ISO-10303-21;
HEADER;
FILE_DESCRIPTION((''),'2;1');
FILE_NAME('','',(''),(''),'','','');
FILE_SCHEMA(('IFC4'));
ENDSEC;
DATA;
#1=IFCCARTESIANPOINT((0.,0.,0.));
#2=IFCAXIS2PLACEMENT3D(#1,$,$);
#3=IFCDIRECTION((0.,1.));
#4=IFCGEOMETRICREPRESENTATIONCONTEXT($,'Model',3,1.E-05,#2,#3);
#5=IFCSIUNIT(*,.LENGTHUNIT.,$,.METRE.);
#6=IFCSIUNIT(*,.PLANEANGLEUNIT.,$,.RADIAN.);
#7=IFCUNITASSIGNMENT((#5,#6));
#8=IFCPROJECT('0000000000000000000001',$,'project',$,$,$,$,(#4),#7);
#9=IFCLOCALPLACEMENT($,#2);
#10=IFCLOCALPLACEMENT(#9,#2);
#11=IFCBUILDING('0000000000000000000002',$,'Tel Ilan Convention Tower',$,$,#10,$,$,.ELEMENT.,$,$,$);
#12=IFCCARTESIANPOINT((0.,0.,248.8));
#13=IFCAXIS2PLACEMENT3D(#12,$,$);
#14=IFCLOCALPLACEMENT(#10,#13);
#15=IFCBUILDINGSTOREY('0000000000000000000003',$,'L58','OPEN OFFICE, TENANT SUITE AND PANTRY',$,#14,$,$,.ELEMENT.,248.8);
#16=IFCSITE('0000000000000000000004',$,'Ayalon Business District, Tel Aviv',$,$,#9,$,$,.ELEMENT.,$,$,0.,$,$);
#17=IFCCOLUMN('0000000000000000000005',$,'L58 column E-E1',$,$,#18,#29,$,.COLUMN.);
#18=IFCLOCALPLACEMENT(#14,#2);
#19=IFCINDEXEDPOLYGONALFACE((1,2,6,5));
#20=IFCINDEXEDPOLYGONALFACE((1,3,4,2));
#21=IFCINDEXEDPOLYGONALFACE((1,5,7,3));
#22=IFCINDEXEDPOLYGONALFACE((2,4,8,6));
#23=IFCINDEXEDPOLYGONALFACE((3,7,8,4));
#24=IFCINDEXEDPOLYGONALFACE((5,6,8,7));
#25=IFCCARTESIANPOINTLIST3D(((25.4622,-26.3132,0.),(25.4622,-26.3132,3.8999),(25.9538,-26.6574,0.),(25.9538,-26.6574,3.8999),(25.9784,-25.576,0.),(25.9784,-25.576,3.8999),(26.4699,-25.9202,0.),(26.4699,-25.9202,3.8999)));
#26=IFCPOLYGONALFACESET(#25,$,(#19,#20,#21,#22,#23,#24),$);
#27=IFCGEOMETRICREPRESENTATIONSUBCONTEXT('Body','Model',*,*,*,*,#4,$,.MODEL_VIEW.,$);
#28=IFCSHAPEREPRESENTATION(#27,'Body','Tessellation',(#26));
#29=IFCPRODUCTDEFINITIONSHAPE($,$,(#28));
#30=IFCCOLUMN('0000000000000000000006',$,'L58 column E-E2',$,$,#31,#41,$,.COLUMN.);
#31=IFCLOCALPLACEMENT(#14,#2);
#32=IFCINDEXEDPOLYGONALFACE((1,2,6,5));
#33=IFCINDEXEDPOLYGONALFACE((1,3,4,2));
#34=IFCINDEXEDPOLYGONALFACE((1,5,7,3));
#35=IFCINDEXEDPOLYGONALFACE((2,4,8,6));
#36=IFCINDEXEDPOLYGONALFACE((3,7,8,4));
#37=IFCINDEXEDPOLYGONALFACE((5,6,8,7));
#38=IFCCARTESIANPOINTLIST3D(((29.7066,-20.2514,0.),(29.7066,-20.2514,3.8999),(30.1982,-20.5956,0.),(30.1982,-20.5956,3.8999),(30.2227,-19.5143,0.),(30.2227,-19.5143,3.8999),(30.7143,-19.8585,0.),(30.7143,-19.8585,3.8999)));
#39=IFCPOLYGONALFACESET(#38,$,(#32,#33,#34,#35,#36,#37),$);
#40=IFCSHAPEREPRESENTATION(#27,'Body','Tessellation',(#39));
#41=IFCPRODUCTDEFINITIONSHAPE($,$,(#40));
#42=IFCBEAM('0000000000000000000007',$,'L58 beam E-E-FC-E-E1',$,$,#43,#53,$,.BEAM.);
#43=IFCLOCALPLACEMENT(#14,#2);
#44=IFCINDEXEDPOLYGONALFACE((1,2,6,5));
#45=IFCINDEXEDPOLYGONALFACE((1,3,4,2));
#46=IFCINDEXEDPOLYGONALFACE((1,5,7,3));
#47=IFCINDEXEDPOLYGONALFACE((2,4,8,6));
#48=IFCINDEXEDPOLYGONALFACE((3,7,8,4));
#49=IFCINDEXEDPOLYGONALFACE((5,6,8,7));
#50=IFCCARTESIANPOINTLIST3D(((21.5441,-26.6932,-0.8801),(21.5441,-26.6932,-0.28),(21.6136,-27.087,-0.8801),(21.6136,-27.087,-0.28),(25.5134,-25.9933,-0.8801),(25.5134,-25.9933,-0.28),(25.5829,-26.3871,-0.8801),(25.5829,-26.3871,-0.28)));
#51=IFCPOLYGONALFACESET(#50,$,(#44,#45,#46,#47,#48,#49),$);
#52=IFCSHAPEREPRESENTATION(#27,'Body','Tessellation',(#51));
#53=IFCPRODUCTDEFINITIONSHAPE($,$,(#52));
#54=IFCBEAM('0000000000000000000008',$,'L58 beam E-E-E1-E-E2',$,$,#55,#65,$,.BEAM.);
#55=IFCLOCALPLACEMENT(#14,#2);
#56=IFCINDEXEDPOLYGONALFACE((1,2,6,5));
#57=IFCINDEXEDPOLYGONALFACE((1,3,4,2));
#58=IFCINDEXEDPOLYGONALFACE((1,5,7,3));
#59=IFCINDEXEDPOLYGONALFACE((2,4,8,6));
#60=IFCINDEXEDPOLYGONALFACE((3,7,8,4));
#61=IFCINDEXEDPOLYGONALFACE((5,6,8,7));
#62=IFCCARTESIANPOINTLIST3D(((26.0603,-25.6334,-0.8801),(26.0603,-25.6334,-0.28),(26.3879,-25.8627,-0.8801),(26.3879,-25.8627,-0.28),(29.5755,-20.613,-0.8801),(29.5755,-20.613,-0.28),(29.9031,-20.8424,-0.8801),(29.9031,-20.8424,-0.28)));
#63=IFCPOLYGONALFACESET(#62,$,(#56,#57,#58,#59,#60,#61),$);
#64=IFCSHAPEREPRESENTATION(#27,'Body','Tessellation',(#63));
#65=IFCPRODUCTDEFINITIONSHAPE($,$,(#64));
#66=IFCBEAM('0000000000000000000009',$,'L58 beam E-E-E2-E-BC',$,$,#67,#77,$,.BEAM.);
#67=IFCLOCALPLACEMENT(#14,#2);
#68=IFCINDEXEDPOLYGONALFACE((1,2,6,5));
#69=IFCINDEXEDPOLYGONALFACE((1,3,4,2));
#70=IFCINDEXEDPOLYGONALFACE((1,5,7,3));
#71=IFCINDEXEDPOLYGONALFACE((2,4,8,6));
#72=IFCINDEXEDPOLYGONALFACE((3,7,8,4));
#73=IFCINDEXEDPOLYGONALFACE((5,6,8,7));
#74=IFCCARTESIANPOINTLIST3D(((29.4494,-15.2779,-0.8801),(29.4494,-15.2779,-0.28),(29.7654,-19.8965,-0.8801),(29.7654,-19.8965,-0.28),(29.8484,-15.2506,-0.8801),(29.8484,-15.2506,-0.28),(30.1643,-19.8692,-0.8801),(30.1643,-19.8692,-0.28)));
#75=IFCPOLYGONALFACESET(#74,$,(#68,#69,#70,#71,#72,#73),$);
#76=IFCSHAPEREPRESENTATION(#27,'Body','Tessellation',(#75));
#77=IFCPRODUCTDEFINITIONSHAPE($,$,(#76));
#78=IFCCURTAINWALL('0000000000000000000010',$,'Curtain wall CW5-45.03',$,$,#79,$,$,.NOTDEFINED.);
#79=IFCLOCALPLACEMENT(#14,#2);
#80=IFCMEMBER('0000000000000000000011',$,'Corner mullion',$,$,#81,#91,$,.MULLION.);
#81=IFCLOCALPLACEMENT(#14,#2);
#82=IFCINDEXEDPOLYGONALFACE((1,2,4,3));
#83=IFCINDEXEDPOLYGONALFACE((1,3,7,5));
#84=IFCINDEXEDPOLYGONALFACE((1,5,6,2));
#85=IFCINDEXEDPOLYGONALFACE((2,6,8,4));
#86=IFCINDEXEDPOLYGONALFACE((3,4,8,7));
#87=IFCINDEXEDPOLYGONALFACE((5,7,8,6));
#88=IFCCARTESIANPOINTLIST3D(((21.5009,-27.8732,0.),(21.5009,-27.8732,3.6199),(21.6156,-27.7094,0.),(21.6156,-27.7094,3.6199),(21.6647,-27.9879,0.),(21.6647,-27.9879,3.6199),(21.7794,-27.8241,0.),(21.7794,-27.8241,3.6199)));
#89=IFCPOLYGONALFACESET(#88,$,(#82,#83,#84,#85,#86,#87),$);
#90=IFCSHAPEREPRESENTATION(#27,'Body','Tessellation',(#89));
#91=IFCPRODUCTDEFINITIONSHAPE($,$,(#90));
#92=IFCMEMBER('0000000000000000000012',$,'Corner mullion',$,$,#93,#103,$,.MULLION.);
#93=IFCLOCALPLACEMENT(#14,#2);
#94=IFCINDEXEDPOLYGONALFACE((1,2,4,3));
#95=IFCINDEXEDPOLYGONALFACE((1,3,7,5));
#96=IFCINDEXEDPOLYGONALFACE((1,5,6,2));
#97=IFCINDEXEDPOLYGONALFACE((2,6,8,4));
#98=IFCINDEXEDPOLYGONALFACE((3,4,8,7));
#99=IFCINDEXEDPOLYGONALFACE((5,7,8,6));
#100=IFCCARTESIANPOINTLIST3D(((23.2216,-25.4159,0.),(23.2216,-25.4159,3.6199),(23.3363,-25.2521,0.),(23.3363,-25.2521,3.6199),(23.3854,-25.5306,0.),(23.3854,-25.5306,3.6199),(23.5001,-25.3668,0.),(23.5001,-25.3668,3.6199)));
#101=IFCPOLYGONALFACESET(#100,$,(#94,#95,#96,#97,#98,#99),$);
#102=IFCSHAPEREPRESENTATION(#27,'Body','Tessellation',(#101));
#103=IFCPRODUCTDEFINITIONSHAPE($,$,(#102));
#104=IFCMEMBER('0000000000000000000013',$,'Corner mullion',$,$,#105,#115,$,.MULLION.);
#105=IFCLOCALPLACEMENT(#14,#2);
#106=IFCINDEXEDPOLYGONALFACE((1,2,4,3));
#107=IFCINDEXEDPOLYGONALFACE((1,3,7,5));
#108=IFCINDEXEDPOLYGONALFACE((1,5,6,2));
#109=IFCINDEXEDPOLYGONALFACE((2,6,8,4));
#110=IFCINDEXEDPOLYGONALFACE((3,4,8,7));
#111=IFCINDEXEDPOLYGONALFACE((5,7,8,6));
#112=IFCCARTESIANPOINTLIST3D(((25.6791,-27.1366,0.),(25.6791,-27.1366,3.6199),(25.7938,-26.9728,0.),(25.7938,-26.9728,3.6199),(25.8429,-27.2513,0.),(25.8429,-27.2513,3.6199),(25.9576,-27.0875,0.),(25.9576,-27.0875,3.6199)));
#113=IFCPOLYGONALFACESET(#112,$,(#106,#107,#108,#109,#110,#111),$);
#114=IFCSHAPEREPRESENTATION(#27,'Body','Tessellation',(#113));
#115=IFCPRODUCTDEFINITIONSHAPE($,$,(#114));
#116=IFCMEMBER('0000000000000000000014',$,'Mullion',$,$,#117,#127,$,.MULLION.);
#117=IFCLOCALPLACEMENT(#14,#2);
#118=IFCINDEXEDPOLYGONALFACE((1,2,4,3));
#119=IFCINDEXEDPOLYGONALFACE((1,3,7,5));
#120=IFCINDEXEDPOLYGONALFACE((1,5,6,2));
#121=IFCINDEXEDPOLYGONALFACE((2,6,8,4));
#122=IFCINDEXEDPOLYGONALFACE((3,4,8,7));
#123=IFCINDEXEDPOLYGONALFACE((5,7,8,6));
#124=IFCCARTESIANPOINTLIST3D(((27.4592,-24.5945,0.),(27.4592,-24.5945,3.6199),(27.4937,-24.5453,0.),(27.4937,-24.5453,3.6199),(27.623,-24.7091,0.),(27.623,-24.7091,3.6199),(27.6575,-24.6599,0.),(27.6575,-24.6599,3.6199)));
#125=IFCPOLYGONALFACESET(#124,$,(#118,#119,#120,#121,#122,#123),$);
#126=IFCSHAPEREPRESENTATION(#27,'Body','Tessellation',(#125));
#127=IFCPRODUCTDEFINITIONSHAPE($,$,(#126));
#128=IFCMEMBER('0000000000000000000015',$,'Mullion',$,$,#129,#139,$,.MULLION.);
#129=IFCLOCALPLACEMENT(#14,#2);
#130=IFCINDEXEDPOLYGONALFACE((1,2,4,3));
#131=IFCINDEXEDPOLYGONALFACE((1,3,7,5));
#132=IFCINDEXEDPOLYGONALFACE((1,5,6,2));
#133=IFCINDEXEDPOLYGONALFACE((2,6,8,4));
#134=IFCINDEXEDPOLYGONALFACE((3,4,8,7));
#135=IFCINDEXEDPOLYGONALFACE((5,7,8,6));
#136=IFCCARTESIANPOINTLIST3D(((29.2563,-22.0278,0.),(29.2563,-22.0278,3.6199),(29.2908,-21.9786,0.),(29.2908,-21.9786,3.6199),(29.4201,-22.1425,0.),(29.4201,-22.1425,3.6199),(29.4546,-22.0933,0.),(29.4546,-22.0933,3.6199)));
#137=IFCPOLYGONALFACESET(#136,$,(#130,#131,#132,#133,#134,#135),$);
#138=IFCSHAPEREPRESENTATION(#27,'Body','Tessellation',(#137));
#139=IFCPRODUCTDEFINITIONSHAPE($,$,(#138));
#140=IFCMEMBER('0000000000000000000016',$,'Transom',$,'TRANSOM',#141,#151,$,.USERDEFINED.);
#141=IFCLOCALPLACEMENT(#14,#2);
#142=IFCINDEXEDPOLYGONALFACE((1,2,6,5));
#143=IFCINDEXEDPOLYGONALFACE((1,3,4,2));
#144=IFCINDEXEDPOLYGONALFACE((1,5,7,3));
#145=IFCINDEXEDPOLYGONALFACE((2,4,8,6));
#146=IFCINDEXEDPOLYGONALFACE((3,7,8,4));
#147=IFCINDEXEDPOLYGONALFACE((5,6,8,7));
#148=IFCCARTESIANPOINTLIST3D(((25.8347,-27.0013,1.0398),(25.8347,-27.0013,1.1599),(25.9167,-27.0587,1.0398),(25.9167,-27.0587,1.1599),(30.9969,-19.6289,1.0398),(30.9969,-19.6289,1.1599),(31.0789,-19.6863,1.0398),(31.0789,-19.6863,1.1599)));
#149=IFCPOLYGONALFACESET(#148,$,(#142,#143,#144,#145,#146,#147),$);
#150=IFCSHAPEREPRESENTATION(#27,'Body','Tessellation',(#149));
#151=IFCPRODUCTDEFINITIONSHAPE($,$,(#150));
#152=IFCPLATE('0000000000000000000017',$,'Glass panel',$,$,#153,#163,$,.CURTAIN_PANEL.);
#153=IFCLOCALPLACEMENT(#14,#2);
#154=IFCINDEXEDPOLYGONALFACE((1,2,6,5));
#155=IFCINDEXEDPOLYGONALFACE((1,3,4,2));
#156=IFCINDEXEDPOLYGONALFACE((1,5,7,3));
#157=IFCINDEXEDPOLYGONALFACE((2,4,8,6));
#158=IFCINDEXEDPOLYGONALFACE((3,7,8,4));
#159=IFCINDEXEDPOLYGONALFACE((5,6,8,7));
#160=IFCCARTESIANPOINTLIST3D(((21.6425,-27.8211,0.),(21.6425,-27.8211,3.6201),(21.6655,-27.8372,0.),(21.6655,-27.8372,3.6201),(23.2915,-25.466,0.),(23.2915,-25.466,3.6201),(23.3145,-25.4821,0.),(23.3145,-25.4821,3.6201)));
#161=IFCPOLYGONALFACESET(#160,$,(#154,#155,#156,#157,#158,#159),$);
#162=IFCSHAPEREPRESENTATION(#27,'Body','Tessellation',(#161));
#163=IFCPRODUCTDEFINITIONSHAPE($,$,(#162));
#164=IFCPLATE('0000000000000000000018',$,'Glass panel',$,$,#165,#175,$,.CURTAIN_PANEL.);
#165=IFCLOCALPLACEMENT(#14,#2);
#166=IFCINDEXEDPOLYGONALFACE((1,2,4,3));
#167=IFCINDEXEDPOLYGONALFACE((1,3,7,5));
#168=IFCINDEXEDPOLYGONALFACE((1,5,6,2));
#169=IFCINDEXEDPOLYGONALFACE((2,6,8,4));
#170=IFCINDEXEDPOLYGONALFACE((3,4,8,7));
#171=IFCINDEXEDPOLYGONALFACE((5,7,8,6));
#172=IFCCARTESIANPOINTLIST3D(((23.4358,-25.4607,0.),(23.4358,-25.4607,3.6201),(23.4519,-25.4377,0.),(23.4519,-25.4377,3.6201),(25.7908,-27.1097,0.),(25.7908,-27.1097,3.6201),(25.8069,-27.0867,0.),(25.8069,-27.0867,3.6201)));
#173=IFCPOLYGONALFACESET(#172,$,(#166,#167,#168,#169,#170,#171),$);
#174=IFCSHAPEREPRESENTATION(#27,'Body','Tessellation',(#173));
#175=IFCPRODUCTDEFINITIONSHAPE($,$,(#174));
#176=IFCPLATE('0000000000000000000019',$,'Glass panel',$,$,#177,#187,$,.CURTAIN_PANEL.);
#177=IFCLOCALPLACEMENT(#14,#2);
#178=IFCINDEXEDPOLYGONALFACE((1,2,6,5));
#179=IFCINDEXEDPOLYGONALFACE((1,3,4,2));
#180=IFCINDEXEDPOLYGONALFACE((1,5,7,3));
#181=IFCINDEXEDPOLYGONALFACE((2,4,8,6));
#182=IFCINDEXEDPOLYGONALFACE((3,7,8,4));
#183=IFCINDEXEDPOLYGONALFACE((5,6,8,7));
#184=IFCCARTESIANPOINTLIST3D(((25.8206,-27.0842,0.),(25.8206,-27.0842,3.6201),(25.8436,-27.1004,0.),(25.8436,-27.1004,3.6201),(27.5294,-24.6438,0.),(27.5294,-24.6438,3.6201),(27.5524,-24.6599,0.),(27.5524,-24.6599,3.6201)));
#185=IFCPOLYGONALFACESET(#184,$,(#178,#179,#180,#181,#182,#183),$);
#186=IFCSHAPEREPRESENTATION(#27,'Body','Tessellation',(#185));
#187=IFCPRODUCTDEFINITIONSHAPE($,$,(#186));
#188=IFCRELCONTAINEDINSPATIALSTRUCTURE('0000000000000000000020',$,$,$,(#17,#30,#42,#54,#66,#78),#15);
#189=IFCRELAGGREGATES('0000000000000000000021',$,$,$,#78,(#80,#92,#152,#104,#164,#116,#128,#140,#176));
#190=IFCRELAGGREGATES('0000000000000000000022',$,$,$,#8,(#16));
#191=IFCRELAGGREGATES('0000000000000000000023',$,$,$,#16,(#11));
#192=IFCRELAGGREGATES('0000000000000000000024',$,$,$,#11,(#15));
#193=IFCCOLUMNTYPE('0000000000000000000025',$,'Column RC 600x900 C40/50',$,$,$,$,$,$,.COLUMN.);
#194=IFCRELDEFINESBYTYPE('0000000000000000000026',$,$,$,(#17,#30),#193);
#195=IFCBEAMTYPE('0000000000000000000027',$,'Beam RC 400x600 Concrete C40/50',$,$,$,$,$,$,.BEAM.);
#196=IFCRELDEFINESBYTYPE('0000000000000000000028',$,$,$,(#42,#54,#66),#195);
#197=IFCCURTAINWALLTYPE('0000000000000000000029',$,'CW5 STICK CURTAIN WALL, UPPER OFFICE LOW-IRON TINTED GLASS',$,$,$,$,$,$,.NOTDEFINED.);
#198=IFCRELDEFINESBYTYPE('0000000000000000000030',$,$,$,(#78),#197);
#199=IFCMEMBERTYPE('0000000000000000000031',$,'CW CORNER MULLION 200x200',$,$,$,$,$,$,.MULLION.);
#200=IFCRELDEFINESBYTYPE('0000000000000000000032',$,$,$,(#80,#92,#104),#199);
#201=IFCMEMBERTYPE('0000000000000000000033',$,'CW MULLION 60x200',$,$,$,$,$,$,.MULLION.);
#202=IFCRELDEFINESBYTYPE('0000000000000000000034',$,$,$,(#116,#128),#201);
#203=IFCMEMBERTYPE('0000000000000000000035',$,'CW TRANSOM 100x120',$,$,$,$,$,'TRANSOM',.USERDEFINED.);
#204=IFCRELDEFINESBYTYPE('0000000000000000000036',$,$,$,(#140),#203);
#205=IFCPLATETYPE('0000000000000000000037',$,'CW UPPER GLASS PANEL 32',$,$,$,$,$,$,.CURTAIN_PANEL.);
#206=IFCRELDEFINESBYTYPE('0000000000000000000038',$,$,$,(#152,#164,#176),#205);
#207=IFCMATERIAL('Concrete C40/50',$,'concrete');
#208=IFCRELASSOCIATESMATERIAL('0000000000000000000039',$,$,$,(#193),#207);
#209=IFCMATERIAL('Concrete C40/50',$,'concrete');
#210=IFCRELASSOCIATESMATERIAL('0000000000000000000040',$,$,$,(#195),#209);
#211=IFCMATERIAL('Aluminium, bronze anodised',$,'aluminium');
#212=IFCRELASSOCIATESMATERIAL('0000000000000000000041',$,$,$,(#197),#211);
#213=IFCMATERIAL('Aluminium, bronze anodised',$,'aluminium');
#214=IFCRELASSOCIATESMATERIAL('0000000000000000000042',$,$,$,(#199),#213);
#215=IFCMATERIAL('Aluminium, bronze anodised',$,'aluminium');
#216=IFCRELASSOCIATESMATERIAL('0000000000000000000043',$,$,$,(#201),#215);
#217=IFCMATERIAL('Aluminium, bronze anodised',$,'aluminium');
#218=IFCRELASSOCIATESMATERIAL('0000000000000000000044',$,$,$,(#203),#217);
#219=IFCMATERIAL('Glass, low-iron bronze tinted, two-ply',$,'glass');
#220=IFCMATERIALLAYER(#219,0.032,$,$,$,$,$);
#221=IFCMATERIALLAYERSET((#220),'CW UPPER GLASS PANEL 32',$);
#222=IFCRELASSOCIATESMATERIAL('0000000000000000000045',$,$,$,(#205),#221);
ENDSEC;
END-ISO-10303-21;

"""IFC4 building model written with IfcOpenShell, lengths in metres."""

from ifc_helpers import new_model, si_unit, direction, frame, origin, origin_2d, place, context, subcontext, project, spatial, rectangle, extrude, material, layer, layer_set, material_profile, profile_set, type_object, element, aggregate, save


model = new_model("IFC4")

# Units and contexts
model_context = context("Model", 3, precision=1e-05, world=origin(), true_north=direction((0.0, 1.0)))
body_context = subcontext(model_context, "Body", "Model", "MODEL_VIEW")
ifc_project = project(units=[si_unit("LENGTHUNIT", "METRE"), si_unit("PLANEANGLEUNIT", "RADIAN")], contexts=[model_context])

# Site, building, storey
site_placement = place(None, origin())
site = spatial("IfcSite", under=ifc_project, at=site_placement, Name="Ayalon Business District, Tel Aviv", CompositionType="ELEMENT", RefElevation=0.0)
building_placement = place(site_placement, origin())
building = spatial("IfcBuilding", under=site, at=building_placement, Name="Tel Ilan Convention Tower", CompositionType="ELEMENT")
storey_placement = place(building_placement, frame((0.0, 0.0, 248.8)))
storey = spatial("IfcBuildingStorey", under=building, at=storey_placement, Name="L58", Description="OPEN OFFICE, TENANT SUITE AND PANTRY", CompositionType="ELEMENT", Elevation=248.8)

# Columns
ifc_material_1 = material(Name="Concrete C40/50", Category="concrete")
ifc_material_profile_1 = material_profile(ifc_material_1, rectangle(XDim=0.8999, YDim=0.6001, at=origin_2d()), Name="RC 600x900")
ifc_profile_set_1 = profile_set([ifc_material_profile_1], Name="Concrete C40/50")
column_type = type_object("IfcColumnType", Name="Column RC 600x900 C40/50", PredefinedType="COLUMN", material=ifc_profile_set_1)
for number, where, z_axis, x_axis, name in (
    (1, (25.9661, -26.1167, 0.0), (0.0, 0.0, 1.0), (0.573576, 0.819152, 0.0), "L58 column E-E1"),
    (2, (30.2104, -20.0549, 0.0), (0.0, 0.0, 1.0), (0.573576, 0.819152, 0.0), "L58 column E-E2"),
):
    element("IfcColumn", number, at=place(storey_placement, frame(where, z_axis=z_axis, x_axis=x_axis)), inside=storey, type_object=column_type, Name=name, PredefinedType="COLUMN", context=body_context, shape_type="SweptSolid", body=[
        extrude(rectangle(XDim=0.8999, YDim=0.6001, at=origin_2d()), origin(), (0.0, 0.0, 1.0), 3.8999),
    ])

# Beams
ifc_material_2 = material(Name="Concrete C40/50", Category="concrete")
ifc_material_profile_2 = material_profile(ifc_material_2, rectangle(XDim=0.3999, YDim=0.6001, at=origin_2d()), Name="RC 400x600")
ifc_profile_set_2 = profile_set([ifc_material_profile_2], Name="Concrete C40/50")
beam_type = type_object("IfcBeamType", Name="Beam RC 400x600 Concrete C40/50", PredefinedType="BEAM", material=ifc_profile_set_2)
beam_1_placement = place(storey_placement, frame((21.5789, -26.8901, -0.5801), z_axis=(0.984805, 0.173664, 0.0), x_axis=(-0.173664, 0.984805, 0.0)))
element("IfcBeam", 3, at=beam_1_placement, inside=storey, type_object=beam_type, Name="L58 beam E-E-FC-E-E1", PredefinedType="BEAM", context=body_context, shape_type="SweptSolid", body=[
    extrude(rectangle(XDim=0.3999, YDim=0.6001, at=origin_2d()), origin(), (0.0, 0.0, 1.0), 4.0305),
])
beam_2_placement = place(storey_placement, frame((26.2241, -25.748, -0.5801), z_axis=(0.573567, 0.819159, 0.0), x_axis=(-0.819159, 0.573567, 0.0)))
element("IfcBeam", 4, at=beam_2_placement, inside=storey, type_object=beam_type, Name="L58 beam E-E-E1-E-E2", PredefinedType="BEAM", context=body_context, shape_type="SweptSolid", body=[
    extrude(rectangle(XDim=0.3999, YDim=0.6001, at=origin_2d()), origin(), (0.0, 0.0, 1.0), 6.1287),
])
beam_3_placement = place(storey_placement, frame((29.9648, -19.8828, -0.5801), z_axis=(-0.068241, 0.997669, 0.0), x_axis=(-0.997669, -0.068241, 0.0)))
element("IfcBeam", 5, at=beam_3_placement, inside=storey, type_object=beam_type, Name="L58 beam E-E-E2-E-BC", PredefinedType="BEAM", context=body_context, shape_type="SweptSolid", body=[
    extrude(rectangle(XDim=0.3999, YDim=0.6001, at=origin_2d()), origin(), (0.0, 0.0, 1.0), 4.6294),
])

# Curtain wall, members, plates
ifc_material_3 = material(Name="Aluminium, bronze anodised", Category="aluminium")
curtain_wall_type = type_object("IfcCurtainWallType", Name="CW5 STICK CURTAIN WALL, UPPER OFFICE LOW-IRON TINTED GLASS", PredefinedType="NOTDEFINED", material=ifc_material_3)
curtain_wall_placement = place(storey_placement, origin())
curtain_wall = element("IfcCurtainWall", 6, at=curtain_wall_placement, inside=storey, type_object=curtain_wall_type, Name="Curtain wall CW5-45.03", PredefinedType="NOTDEFINED")
ifc_material_4 = material(Name="Aluminium, bronze anodised", Category="aluminium")
ifc_material_profile_3 = material_profile(ifc_material_4, rectangle(XDim=0.2, YDim=0.2, at=origin_2d()), Name="CW CORNER MULLION 200x200")
ifc_profile_set_3 = profile_set([ifc_material_profile_3], Name="Aluminium, bronze anodised")
member_type_1 = type_object("IfcMemberType", Name="CW CORNER MULLION 200x200", PredefinedType="MULLION", material=ifc_profile_set_3)
member_1_placement = place(storey_placement, frame((21.6401, -27.8486, 0.0), z_axis=(0.0, 0.0, 1.0), x_axis=(0.819152, -0.573576, 0.0)))
member_1 = element("IfcMember", 7, at=member_1_placement, type_object=member_type_1, Name="Corner mullion", PredefinedType="MULLION", context=body_context, shape_type="SweptSolid", body=[
    extrude(rectangle(XDim=0.2, YDim=0.2, at=origin_2d()), origin(), (0.0, 0.0, 1.0), 3.6199),
])
member_2_placement = place(storey_placement, frame((23.3608, -25.3914, 0.0), z_axis=(0.0, 0.0, 1.0), x_axis=(0.573576, 0.819152, 0.0)))
member_2 = element("IfcMember", 8, at=member_2_placement, type_object=member_type_1, Name="Corner mullion", PredefinedType="MULLION", context=body_context, shape_type="SweptSolid", body=[
    extrude(rectangle(XDim=0.2, YDim=0.2, at=origin_2d()), origin(), (0.0, 0.0, 1.0), 3.6199),
])
member_3_placement = place(storey_placement, frame((25.8184, -27.1121, 0.0), z_axis=(0.0, 0.0, 1.0), x_axis=(0.819152, -0.573576, 0.0)))
member_3 = element("IfcMember", 9, at=member_3_placement, type_object=member_type_1, Name="Corner mullion", PredefinedType="MULLION", context=body_context, shape_type="SweptSolid", body=[
    extrude(rectangle(XDim=0.2, YDim=0.2, at=origin_2d()), origin(), (0.0, 0.0, 1.0), 3.6199),
])
ifc_material_5 = material(Name="Aluminium, bronze anodised", Category="aluminium")
ifc_material_profile_4 = material_profile(ifc_material_5, rectangle(XDim=0.0601, YDim=0.2, at=origin_2d()), Name="CW MULLION 60x200")
ifc_profile_set_4 = profile_set([ifc_material_profile_4], Name="Aluminium, bronze anodised")
member_type_2 = type_object("IfcMemberType", Name="CW MULLION 60x200", PredefinedType="MULLION", material=ifc_profile_set_4)
member_4_placement = place(storey_placement, frame((27.5583, -24.6272, 0.0), z_axis=(0.0, 0.0, 1.0), x_axis=(0.573576, 0.819152, 0.0)))
member_4 = element("IfcMember", 10, at=member_4_placement, type_object=member_type_2, Name="Mullion", PredefinedType="MULLION", context=body_context, shape_type="SweptSolid", body=[
    extrude(rectangle(XDim=0.0601, YDim=0.2, at=origin_2d()), origin(), (0.0, 0.0, 1.0), 3.6199),
])
member_5_placement = place(storey_placement, frame((29.3555, -22.0605, 0.0), z_axis=(0.0, 0.0, 1.0), x_axis=(0.573576, 0.819152, 0.0)))
member_5 = element("IfcMember", 11, at=member_5_placement, type_object=member_type_2, Name="Mullion", PredefinedType="MULLION", context=body_context, shape_type="SweptSolid", body=[
    extrude(rectangle(XDim=0.0601, YDim=0.2, at=origin_2d()), origin(), (0.0, 0.0, 1.0), 3.6199),
])
ifc_material_6 = material(Name="Aluminium, bronze anodised", Category="aluminium")
ifc_material_profile_5 = material_profile(ifc_material_6, rectangle(XDim=0.1001, YDim=0.1201, at=origin_2d()), Name="CW TRANSOM 100x120")
ifc_profile_set_5 = profile_set([ifc_material_profile_5], Name="Aluminium, bronze anodised")
member_type_3 = type_object("IfcMemberType", Name="CW TRANSOM 100x120", ElementType="TRANSOM", PredefinedType="USERDEFINED", material=ifc_profile_set_5)
member_6_placement = place(storey_placement, frame((25.8757, -27.03, 1.0999), z_axis=(0.573573, 0.819154, 0.0), x_axis=(-0.819154, 0.573573, 0.0)))
member_6 = element("IfcMember", 12, at=member_6_placement, type_object=member_type_3, Name="Transom", ObjectType="TRANSOM", PredefinedType="USERDEFINED", context=body_context, shape_type="SweptSolid", body=[
    extrude(rectangle(XDim=0.1001, YDim=0.1201, at=origin_2d()), origin(), (0.0, 0.0, 1.0), 9.0),
])
ifc_material_7 = material(Name="Glass, low-iron bronze tinted, two-ply", Category="glass")
ifc_layer_1 = layer(ifc_material_7, 0.032)
ifc_layer_set_1 = layer_set([ifc_layer_1], Name="CW UPPER GLASS PANEL 32")
plate_type = type_object("IfcPlateType", Name="CW UPPER GLASS PANEL 32", PredefinedType="CURTAIN_PANEL", material=ifc_layer_set_1)
plate_1_placement = place(storey_placement, frame((22.4785, -26.6516, 0.0), z_axis=(0.0, 0.0, 1.0), x_axis=(0.573576, 0.819152, 0.0)))
plate_1 = element("IfcPlate", 13, at=plate_1_placement, type_object=plate_type, Name="Glass panel", PredefinedType="CURTAIN_PANEL", context=body_context, shape_type="SweptSolid", body=[
    extrude(rectangle(XDim=2.875, YDim=0.0281, at=origin_2d()), origin(), (0.0, 0.0, 1.0), 3.6201),
])
plate_2_placement = place(storey_placement, frame((24.6213, -26.2737, 0.0), z_axis=(0.0, 0.0, 1.0), x_axis=(0.819152, -0.573576, 0.0)))
plate_2 = element("IfcPlate", 14, at=plate_2_placement, type_object=plate_type, Name="Glass panel", PredefinedType="CURTAIN_PANEL", context=body_context, shape_type="SweptSolid", body=[
    extrude(rectangle(XDim=2.875, YDim=0.0281, at=origin_2d()), origin(), (0.0, 0.0, 1.0), 3.6201),
])
plate_3_placement = place(storey_placement, frame((26.6865, -25.8721, 0.0), z_axis=(0.0, 0.0, 1.0), x_axis=(0.573576, 0.819152, 0.0)))
plate_3 = element("IfcPlate", 15, at=plate_3_placement, type_object=plate_type, Name="Glass panel", PredefinedType="CURTAIN_PANEL", context=body_context, shape_type="SweptSolid", body=[
    extrude(rectangle(XDim=2.9792, YDim=0.0281, at=origin_2d()), origin(), (0.0, 0.0, 1.0), 3.6201),
])
aggregate(curtain_wall, [member_1, member_2, plate_1, member_3, plate_2, member_4, member_5, member_6, plate_3])

save(model, "model.ifc")
